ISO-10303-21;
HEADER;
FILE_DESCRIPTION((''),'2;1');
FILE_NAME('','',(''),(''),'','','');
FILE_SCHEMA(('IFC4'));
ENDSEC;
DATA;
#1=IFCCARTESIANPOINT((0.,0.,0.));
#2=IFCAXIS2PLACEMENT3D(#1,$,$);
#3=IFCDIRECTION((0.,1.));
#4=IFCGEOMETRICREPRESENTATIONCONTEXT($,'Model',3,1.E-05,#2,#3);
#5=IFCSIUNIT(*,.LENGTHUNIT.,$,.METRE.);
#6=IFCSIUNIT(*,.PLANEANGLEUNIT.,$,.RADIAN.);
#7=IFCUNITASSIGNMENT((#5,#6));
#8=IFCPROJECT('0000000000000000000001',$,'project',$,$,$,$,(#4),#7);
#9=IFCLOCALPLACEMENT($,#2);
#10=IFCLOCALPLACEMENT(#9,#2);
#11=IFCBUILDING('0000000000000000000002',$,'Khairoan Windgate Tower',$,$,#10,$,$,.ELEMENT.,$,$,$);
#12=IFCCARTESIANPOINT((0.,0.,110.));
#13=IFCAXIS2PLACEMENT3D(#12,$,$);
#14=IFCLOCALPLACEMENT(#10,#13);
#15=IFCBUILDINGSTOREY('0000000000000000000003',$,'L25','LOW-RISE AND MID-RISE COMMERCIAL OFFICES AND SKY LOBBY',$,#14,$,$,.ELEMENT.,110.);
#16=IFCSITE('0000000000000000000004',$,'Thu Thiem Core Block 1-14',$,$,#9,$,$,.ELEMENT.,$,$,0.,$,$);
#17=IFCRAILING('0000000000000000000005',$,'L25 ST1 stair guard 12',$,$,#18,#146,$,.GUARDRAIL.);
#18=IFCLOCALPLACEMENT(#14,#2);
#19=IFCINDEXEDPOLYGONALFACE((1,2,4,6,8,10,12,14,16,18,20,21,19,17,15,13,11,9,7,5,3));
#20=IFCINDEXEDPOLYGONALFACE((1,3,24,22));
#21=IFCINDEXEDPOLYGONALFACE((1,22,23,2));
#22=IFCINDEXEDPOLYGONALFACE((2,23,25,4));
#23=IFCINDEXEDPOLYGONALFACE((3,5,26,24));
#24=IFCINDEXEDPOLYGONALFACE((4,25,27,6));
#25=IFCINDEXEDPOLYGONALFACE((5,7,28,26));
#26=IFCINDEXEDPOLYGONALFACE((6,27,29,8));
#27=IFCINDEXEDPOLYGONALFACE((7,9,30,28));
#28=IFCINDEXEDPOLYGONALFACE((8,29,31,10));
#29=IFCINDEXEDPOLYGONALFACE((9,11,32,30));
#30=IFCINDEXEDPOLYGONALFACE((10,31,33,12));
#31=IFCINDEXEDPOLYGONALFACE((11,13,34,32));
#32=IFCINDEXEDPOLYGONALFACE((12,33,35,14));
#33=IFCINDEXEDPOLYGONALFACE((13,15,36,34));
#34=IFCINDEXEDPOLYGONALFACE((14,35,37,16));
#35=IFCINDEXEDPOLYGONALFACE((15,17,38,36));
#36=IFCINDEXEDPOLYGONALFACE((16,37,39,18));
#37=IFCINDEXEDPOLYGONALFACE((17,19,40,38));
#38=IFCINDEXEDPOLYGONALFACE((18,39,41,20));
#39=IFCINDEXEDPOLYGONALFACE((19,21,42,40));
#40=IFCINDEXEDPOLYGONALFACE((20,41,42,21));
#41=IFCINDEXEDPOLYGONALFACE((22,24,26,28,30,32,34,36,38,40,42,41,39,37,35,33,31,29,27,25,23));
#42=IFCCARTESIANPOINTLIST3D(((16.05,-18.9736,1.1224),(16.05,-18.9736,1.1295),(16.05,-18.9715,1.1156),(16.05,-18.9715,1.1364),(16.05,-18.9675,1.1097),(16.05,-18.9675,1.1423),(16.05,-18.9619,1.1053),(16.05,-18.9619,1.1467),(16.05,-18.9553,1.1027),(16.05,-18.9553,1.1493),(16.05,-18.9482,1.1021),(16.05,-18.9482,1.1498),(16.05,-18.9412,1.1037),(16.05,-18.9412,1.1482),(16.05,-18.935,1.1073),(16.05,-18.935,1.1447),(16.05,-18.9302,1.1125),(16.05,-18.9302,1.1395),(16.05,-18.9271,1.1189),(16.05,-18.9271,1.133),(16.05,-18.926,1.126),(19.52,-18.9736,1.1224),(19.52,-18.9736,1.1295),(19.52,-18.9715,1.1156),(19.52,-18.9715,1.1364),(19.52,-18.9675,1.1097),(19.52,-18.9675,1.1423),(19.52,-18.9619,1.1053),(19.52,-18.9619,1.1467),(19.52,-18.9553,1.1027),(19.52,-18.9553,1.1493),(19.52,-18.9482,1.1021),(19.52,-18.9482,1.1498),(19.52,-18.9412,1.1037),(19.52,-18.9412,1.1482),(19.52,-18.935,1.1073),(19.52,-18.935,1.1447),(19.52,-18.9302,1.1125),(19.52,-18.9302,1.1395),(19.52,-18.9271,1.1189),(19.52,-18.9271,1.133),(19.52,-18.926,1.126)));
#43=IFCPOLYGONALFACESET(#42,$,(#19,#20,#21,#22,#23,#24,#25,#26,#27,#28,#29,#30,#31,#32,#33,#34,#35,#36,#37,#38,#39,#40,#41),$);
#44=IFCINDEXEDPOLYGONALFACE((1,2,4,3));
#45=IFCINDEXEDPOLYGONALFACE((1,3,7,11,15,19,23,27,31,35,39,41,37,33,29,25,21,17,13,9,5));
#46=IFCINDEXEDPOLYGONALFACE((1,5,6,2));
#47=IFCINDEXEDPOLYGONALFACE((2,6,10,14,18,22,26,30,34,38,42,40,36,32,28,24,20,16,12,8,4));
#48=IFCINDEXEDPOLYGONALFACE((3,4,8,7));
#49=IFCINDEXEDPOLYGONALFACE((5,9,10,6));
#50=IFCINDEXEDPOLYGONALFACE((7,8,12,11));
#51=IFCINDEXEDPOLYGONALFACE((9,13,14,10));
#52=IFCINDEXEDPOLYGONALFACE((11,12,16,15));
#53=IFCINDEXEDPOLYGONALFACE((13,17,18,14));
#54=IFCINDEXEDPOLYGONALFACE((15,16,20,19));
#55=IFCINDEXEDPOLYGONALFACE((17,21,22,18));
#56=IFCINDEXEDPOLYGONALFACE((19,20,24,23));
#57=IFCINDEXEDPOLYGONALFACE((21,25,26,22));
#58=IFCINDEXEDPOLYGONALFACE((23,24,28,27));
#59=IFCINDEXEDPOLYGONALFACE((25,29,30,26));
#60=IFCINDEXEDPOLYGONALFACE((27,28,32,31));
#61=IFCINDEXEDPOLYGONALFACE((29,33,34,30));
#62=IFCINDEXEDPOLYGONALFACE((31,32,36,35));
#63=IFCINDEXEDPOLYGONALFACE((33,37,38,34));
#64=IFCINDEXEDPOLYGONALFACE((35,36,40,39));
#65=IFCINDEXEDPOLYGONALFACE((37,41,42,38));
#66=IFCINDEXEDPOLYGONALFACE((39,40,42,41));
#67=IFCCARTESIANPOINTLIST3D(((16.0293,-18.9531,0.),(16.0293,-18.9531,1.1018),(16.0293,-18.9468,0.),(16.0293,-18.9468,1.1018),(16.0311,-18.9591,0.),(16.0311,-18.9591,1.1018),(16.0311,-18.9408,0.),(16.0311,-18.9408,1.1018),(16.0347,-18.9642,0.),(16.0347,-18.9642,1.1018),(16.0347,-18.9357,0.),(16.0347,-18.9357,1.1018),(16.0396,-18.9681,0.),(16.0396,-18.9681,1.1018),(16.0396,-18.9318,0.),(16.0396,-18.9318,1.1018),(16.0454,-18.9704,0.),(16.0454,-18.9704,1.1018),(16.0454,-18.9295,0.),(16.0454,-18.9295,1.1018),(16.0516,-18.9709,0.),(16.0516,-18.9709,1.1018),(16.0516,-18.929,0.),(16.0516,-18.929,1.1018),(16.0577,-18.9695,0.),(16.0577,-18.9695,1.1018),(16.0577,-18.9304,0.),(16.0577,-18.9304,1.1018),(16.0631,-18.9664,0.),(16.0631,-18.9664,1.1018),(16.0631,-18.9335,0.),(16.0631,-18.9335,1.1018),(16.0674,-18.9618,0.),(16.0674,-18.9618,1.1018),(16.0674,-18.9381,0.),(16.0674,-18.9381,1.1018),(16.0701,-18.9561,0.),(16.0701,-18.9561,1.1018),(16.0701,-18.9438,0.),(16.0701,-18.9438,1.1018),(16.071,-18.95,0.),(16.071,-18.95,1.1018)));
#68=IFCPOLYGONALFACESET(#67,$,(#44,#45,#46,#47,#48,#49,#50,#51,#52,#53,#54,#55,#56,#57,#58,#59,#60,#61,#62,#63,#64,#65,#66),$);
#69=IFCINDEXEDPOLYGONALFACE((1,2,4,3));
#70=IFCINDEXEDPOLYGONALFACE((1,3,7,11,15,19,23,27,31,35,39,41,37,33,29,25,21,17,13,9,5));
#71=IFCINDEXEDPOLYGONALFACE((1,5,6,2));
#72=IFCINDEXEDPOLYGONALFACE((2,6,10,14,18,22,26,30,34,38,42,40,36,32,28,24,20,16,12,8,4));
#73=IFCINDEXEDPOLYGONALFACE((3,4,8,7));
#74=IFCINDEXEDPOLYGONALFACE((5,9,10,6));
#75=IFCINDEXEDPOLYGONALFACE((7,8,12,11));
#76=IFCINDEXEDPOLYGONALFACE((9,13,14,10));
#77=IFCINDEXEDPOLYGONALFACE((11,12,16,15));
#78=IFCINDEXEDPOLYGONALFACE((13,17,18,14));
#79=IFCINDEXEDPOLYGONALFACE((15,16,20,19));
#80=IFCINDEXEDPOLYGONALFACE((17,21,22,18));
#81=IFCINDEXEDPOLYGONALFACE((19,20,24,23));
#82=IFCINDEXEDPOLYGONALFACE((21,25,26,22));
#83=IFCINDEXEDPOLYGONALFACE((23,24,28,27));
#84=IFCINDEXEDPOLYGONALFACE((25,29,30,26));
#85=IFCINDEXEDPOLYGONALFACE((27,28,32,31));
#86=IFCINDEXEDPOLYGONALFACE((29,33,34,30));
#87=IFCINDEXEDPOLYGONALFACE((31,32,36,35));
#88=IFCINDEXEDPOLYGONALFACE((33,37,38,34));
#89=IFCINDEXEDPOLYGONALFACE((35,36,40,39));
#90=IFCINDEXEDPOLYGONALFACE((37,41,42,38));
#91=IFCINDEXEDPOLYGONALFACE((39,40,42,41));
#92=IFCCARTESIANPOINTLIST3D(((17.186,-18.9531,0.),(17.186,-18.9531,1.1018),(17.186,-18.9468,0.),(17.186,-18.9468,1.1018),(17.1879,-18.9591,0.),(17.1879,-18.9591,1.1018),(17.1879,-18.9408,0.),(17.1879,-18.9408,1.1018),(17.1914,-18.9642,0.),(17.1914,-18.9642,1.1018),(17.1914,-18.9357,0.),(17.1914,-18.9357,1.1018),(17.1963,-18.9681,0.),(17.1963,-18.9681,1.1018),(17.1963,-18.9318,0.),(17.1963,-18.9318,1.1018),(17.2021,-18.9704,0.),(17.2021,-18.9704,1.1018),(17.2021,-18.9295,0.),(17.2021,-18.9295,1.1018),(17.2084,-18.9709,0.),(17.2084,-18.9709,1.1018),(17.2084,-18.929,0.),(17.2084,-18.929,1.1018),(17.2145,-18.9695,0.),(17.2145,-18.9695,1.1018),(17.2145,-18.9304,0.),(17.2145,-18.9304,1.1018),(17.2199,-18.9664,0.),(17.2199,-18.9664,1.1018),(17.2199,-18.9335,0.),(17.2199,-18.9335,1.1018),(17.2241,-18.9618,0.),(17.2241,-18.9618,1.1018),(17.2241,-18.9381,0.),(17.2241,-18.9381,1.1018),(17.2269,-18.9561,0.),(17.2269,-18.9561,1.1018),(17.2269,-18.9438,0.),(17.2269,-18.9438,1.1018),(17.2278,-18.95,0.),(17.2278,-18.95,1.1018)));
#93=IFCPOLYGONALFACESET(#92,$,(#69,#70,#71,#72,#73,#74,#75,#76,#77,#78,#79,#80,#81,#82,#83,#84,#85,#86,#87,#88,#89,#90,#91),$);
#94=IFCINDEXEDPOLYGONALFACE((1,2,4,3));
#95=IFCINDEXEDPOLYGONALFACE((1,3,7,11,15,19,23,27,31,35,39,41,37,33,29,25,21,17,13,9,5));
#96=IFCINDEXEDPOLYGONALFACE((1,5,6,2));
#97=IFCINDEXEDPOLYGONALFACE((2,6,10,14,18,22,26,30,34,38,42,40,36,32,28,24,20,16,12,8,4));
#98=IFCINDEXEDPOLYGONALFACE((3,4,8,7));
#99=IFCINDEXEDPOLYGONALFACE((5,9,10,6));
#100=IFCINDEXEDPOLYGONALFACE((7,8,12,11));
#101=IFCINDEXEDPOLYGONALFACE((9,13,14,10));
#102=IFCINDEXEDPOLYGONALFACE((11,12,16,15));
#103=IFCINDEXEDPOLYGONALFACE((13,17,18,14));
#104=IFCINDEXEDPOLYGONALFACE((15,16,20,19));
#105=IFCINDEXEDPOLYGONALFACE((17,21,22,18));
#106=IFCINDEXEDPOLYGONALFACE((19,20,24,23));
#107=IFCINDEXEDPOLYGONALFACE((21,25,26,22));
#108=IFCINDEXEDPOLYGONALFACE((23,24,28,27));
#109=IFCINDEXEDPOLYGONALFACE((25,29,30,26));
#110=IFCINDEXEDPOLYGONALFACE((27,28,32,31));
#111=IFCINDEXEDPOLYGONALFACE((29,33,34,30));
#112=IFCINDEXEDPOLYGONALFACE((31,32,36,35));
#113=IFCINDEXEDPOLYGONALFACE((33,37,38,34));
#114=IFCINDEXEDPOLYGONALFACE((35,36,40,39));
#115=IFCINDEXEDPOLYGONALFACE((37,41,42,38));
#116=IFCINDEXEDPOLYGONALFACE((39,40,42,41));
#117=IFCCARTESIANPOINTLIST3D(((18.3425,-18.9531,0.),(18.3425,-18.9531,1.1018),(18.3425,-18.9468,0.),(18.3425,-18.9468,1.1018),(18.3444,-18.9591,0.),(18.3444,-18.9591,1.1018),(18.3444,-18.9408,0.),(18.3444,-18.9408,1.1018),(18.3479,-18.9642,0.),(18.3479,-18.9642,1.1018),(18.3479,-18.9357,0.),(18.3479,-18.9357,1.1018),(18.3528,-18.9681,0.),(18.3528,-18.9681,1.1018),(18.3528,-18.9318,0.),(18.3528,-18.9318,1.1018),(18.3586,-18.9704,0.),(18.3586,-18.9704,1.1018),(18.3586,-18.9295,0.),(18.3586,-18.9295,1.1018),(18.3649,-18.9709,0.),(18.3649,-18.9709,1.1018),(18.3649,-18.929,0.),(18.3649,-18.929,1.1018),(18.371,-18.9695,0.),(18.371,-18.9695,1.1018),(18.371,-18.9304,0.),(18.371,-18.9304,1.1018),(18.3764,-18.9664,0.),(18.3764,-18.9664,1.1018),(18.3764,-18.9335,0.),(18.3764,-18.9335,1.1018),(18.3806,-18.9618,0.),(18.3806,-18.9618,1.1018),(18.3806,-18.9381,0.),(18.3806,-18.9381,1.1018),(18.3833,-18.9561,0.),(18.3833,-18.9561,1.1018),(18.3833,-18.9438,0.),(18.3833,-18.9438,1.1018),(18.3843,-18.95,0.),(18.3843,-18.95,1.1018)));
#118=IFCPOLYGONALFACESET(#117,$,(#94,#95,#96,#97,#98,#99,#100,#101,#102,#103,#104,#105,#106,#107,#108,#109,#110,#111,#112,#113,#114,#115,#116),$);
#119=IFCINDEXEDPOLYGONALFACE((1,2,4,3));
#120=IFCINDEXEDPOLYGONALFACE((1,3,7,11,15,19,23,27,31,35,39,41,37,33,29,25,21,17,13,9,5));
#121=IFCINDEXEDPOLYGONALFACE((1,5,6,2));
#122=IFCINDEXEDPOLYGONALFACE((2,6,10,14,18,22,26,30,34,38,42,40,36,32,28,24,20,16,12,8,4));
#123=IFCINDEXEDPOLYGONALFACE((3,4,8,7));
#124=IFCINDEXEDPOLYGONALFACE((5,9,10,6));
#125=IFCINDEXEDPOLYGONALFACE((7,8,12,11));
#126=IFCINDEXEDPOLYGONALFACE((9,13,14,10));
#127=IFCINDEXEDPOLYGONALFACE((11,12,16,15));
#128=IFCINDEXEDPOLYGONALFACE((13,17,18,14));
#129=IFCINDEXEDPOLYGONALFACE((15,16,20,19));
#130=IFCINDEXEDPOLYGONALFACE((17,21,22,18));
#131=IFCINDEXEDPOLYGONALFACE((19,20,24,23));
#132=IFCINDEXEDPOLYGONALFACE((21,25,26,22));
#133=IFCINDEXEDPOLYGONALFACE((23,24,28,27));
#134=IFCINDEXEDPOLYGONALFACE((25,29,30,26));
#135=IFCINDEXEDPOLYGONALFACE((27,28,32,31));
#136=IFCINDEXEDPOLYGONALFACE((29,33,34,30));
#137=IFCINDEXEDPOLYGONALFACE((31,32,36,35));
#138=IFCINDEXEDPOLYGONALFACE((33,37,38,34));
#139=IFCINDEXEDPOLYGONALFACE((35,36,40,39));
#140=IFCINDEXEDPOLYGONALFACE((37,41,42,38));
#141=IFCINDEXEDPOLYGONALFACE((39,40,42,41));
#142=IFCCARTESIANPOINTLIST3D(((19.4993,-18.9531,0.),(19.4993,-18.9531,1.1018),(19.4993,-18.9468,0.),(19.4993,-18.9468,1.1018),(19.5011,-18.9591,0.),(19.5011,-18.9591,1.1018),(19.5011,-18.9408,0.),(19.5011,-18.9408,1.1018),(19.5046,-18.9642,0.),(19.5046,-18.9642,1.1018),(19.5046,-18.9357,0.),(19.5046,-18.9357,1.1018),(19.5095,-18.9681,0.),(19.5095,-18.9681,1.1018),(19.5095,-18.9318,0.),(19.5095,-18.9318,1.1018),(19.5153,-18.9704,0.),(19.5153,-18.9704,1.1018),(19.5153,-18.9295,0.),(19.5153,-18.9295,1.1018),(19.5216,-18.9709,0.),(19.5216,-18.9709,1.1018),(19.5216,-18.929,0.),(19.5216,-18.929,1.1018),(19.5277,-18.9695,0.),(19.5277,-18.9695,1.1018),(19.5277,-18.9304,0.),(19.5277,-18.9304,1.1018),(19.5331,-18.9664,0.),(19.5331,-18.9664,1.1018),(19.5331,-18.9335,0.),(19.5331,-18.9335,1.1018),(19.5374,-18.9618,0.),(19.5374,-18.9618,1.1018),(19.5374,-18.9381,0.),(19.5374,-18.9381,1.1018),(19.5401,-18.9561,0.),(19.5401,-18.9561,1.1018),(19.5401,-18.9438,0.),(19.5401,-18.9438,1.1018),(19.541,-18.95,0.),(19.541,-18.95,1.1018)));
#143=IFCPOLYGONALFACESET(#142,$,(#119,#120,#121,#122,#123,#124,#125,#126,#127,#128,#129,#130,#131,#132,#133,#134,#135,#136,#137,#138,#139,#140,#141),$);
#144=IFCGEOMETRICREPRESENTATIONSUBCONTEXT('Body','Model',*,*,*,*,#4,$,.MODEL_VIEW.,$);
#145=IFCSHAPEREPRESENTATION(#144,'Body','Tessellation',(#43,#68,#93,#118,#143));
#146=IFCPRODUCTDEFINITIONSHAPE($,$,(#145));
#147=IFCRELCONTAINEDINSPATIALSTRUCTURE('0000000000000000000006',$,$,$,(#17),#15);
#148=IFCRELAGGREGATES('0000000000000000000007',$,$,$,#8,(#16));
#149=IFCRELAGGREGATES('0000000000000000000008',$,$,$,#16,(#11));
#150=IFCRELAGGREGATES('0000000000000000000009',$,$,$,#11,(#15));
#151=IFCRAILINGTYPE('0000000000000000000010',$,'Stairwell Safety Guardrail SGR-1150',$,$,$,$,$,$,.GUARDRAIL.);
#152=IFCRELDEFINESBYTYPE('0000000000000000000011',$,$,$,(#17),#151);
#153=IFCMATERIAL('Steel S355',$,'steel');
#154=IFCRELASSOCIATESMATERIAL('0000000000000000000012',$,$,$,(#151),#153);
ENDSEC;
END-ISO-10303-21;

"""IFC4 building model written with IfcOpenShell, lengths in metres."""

from ifc_helpers import new_model, si_unit, direction, frame, origin, origin_2d, place, context, subcontext, project, spatial, circle, extrude, material, type_object, element, save


model = new_model("IFC4")

# Units and contexts
model_context = context("Model", 3, precision=1e-05, world=origin(), true_north=direction((0.0, 1.0)))
body_context = subcontext(model_context, "Body", "Model", "MODEL_VIEW")
ifc_project = project(units=[si_unit("LENGTHUNIT", "METRE"), si_unit("PLANEANGLEUNIT", "RADIAN")], contexts=[model_context])

# Site, building, storey
site_placement = place(None, origin())
site = spatial("IfcSite", under=ifc_project, at=site_placement, Name="Thu Thiem Core Block 1-14", CompositionType="ELEMENT", RefElevation=0.0)
building_placement = place(site_placement, origin())
building = spatial("IfcBuilding", under=site, at=building_placement, Name="Khairoan Windgate Tower", CompositionType="ELEMENT")
storey_placement = place(building_placement, frame((0.0, 0.0, 110.0)))
storey = spatial("IfcBuildingStorey", under=building, at=storey_placement, Name="L25", Description="LOW-RISE AND MID-RISE COMMERCIAL OFFICES AND SKY LOBBY", CompositionType="ELEMENT", Elevation=110.0)

# Railing
ifc_material_1 = material(Name="Steel S355", Category="steel")
railing_type = type_object("IfcRailingType", Name="Stairwell Safety Guardrail SGR-1150", PredefinedType="GUARDRAIL", material=ifc_material_1)
railing_placement = place(storey_placement, frame((16.05, -18.95, 0.0)))
element("IfcRailing", 1, at=railing_placement, inside=storey, type_object=railing_type, Name="L25 ST1 stair guard 12", PredefinedType="GUARDRAIL", context=body_context, shape_type="SweptSolid", body=[
    extrude(circle(Radius=0.0239, at=origin_2d()), frame((0.0, 0.0, 1.126), z_axis=(1.0, 0.0, 0.0), x_axis=(0.0, 1.0, 0.0)), (0.0, 0.0, 1.0), 3.47),
    extrude(circle(Radius=0.021, at=origin_2d()), origin(), (0.0, 0.0, 1.0), 1.1018),
    extrude(circle(Radius=0.021, at=origin_2d()), frame((1.1567, 0.0, 0.0)), (0.0, 0.0, 1.0), 1.1018),
    extrude(circle(Radius=0.021, at=origin_2d()), frame((2.3132, 0.0, 0.0)), (0.0, 0.0, 1.0), 1.1018),
    extrude(circle(Radius=0.021, at=origin_2d()), frame((3.47, 0.0, 0.0)), (0.0, 0.0, 1.0), 1.1018),
])

save(model, "model.ifc")
